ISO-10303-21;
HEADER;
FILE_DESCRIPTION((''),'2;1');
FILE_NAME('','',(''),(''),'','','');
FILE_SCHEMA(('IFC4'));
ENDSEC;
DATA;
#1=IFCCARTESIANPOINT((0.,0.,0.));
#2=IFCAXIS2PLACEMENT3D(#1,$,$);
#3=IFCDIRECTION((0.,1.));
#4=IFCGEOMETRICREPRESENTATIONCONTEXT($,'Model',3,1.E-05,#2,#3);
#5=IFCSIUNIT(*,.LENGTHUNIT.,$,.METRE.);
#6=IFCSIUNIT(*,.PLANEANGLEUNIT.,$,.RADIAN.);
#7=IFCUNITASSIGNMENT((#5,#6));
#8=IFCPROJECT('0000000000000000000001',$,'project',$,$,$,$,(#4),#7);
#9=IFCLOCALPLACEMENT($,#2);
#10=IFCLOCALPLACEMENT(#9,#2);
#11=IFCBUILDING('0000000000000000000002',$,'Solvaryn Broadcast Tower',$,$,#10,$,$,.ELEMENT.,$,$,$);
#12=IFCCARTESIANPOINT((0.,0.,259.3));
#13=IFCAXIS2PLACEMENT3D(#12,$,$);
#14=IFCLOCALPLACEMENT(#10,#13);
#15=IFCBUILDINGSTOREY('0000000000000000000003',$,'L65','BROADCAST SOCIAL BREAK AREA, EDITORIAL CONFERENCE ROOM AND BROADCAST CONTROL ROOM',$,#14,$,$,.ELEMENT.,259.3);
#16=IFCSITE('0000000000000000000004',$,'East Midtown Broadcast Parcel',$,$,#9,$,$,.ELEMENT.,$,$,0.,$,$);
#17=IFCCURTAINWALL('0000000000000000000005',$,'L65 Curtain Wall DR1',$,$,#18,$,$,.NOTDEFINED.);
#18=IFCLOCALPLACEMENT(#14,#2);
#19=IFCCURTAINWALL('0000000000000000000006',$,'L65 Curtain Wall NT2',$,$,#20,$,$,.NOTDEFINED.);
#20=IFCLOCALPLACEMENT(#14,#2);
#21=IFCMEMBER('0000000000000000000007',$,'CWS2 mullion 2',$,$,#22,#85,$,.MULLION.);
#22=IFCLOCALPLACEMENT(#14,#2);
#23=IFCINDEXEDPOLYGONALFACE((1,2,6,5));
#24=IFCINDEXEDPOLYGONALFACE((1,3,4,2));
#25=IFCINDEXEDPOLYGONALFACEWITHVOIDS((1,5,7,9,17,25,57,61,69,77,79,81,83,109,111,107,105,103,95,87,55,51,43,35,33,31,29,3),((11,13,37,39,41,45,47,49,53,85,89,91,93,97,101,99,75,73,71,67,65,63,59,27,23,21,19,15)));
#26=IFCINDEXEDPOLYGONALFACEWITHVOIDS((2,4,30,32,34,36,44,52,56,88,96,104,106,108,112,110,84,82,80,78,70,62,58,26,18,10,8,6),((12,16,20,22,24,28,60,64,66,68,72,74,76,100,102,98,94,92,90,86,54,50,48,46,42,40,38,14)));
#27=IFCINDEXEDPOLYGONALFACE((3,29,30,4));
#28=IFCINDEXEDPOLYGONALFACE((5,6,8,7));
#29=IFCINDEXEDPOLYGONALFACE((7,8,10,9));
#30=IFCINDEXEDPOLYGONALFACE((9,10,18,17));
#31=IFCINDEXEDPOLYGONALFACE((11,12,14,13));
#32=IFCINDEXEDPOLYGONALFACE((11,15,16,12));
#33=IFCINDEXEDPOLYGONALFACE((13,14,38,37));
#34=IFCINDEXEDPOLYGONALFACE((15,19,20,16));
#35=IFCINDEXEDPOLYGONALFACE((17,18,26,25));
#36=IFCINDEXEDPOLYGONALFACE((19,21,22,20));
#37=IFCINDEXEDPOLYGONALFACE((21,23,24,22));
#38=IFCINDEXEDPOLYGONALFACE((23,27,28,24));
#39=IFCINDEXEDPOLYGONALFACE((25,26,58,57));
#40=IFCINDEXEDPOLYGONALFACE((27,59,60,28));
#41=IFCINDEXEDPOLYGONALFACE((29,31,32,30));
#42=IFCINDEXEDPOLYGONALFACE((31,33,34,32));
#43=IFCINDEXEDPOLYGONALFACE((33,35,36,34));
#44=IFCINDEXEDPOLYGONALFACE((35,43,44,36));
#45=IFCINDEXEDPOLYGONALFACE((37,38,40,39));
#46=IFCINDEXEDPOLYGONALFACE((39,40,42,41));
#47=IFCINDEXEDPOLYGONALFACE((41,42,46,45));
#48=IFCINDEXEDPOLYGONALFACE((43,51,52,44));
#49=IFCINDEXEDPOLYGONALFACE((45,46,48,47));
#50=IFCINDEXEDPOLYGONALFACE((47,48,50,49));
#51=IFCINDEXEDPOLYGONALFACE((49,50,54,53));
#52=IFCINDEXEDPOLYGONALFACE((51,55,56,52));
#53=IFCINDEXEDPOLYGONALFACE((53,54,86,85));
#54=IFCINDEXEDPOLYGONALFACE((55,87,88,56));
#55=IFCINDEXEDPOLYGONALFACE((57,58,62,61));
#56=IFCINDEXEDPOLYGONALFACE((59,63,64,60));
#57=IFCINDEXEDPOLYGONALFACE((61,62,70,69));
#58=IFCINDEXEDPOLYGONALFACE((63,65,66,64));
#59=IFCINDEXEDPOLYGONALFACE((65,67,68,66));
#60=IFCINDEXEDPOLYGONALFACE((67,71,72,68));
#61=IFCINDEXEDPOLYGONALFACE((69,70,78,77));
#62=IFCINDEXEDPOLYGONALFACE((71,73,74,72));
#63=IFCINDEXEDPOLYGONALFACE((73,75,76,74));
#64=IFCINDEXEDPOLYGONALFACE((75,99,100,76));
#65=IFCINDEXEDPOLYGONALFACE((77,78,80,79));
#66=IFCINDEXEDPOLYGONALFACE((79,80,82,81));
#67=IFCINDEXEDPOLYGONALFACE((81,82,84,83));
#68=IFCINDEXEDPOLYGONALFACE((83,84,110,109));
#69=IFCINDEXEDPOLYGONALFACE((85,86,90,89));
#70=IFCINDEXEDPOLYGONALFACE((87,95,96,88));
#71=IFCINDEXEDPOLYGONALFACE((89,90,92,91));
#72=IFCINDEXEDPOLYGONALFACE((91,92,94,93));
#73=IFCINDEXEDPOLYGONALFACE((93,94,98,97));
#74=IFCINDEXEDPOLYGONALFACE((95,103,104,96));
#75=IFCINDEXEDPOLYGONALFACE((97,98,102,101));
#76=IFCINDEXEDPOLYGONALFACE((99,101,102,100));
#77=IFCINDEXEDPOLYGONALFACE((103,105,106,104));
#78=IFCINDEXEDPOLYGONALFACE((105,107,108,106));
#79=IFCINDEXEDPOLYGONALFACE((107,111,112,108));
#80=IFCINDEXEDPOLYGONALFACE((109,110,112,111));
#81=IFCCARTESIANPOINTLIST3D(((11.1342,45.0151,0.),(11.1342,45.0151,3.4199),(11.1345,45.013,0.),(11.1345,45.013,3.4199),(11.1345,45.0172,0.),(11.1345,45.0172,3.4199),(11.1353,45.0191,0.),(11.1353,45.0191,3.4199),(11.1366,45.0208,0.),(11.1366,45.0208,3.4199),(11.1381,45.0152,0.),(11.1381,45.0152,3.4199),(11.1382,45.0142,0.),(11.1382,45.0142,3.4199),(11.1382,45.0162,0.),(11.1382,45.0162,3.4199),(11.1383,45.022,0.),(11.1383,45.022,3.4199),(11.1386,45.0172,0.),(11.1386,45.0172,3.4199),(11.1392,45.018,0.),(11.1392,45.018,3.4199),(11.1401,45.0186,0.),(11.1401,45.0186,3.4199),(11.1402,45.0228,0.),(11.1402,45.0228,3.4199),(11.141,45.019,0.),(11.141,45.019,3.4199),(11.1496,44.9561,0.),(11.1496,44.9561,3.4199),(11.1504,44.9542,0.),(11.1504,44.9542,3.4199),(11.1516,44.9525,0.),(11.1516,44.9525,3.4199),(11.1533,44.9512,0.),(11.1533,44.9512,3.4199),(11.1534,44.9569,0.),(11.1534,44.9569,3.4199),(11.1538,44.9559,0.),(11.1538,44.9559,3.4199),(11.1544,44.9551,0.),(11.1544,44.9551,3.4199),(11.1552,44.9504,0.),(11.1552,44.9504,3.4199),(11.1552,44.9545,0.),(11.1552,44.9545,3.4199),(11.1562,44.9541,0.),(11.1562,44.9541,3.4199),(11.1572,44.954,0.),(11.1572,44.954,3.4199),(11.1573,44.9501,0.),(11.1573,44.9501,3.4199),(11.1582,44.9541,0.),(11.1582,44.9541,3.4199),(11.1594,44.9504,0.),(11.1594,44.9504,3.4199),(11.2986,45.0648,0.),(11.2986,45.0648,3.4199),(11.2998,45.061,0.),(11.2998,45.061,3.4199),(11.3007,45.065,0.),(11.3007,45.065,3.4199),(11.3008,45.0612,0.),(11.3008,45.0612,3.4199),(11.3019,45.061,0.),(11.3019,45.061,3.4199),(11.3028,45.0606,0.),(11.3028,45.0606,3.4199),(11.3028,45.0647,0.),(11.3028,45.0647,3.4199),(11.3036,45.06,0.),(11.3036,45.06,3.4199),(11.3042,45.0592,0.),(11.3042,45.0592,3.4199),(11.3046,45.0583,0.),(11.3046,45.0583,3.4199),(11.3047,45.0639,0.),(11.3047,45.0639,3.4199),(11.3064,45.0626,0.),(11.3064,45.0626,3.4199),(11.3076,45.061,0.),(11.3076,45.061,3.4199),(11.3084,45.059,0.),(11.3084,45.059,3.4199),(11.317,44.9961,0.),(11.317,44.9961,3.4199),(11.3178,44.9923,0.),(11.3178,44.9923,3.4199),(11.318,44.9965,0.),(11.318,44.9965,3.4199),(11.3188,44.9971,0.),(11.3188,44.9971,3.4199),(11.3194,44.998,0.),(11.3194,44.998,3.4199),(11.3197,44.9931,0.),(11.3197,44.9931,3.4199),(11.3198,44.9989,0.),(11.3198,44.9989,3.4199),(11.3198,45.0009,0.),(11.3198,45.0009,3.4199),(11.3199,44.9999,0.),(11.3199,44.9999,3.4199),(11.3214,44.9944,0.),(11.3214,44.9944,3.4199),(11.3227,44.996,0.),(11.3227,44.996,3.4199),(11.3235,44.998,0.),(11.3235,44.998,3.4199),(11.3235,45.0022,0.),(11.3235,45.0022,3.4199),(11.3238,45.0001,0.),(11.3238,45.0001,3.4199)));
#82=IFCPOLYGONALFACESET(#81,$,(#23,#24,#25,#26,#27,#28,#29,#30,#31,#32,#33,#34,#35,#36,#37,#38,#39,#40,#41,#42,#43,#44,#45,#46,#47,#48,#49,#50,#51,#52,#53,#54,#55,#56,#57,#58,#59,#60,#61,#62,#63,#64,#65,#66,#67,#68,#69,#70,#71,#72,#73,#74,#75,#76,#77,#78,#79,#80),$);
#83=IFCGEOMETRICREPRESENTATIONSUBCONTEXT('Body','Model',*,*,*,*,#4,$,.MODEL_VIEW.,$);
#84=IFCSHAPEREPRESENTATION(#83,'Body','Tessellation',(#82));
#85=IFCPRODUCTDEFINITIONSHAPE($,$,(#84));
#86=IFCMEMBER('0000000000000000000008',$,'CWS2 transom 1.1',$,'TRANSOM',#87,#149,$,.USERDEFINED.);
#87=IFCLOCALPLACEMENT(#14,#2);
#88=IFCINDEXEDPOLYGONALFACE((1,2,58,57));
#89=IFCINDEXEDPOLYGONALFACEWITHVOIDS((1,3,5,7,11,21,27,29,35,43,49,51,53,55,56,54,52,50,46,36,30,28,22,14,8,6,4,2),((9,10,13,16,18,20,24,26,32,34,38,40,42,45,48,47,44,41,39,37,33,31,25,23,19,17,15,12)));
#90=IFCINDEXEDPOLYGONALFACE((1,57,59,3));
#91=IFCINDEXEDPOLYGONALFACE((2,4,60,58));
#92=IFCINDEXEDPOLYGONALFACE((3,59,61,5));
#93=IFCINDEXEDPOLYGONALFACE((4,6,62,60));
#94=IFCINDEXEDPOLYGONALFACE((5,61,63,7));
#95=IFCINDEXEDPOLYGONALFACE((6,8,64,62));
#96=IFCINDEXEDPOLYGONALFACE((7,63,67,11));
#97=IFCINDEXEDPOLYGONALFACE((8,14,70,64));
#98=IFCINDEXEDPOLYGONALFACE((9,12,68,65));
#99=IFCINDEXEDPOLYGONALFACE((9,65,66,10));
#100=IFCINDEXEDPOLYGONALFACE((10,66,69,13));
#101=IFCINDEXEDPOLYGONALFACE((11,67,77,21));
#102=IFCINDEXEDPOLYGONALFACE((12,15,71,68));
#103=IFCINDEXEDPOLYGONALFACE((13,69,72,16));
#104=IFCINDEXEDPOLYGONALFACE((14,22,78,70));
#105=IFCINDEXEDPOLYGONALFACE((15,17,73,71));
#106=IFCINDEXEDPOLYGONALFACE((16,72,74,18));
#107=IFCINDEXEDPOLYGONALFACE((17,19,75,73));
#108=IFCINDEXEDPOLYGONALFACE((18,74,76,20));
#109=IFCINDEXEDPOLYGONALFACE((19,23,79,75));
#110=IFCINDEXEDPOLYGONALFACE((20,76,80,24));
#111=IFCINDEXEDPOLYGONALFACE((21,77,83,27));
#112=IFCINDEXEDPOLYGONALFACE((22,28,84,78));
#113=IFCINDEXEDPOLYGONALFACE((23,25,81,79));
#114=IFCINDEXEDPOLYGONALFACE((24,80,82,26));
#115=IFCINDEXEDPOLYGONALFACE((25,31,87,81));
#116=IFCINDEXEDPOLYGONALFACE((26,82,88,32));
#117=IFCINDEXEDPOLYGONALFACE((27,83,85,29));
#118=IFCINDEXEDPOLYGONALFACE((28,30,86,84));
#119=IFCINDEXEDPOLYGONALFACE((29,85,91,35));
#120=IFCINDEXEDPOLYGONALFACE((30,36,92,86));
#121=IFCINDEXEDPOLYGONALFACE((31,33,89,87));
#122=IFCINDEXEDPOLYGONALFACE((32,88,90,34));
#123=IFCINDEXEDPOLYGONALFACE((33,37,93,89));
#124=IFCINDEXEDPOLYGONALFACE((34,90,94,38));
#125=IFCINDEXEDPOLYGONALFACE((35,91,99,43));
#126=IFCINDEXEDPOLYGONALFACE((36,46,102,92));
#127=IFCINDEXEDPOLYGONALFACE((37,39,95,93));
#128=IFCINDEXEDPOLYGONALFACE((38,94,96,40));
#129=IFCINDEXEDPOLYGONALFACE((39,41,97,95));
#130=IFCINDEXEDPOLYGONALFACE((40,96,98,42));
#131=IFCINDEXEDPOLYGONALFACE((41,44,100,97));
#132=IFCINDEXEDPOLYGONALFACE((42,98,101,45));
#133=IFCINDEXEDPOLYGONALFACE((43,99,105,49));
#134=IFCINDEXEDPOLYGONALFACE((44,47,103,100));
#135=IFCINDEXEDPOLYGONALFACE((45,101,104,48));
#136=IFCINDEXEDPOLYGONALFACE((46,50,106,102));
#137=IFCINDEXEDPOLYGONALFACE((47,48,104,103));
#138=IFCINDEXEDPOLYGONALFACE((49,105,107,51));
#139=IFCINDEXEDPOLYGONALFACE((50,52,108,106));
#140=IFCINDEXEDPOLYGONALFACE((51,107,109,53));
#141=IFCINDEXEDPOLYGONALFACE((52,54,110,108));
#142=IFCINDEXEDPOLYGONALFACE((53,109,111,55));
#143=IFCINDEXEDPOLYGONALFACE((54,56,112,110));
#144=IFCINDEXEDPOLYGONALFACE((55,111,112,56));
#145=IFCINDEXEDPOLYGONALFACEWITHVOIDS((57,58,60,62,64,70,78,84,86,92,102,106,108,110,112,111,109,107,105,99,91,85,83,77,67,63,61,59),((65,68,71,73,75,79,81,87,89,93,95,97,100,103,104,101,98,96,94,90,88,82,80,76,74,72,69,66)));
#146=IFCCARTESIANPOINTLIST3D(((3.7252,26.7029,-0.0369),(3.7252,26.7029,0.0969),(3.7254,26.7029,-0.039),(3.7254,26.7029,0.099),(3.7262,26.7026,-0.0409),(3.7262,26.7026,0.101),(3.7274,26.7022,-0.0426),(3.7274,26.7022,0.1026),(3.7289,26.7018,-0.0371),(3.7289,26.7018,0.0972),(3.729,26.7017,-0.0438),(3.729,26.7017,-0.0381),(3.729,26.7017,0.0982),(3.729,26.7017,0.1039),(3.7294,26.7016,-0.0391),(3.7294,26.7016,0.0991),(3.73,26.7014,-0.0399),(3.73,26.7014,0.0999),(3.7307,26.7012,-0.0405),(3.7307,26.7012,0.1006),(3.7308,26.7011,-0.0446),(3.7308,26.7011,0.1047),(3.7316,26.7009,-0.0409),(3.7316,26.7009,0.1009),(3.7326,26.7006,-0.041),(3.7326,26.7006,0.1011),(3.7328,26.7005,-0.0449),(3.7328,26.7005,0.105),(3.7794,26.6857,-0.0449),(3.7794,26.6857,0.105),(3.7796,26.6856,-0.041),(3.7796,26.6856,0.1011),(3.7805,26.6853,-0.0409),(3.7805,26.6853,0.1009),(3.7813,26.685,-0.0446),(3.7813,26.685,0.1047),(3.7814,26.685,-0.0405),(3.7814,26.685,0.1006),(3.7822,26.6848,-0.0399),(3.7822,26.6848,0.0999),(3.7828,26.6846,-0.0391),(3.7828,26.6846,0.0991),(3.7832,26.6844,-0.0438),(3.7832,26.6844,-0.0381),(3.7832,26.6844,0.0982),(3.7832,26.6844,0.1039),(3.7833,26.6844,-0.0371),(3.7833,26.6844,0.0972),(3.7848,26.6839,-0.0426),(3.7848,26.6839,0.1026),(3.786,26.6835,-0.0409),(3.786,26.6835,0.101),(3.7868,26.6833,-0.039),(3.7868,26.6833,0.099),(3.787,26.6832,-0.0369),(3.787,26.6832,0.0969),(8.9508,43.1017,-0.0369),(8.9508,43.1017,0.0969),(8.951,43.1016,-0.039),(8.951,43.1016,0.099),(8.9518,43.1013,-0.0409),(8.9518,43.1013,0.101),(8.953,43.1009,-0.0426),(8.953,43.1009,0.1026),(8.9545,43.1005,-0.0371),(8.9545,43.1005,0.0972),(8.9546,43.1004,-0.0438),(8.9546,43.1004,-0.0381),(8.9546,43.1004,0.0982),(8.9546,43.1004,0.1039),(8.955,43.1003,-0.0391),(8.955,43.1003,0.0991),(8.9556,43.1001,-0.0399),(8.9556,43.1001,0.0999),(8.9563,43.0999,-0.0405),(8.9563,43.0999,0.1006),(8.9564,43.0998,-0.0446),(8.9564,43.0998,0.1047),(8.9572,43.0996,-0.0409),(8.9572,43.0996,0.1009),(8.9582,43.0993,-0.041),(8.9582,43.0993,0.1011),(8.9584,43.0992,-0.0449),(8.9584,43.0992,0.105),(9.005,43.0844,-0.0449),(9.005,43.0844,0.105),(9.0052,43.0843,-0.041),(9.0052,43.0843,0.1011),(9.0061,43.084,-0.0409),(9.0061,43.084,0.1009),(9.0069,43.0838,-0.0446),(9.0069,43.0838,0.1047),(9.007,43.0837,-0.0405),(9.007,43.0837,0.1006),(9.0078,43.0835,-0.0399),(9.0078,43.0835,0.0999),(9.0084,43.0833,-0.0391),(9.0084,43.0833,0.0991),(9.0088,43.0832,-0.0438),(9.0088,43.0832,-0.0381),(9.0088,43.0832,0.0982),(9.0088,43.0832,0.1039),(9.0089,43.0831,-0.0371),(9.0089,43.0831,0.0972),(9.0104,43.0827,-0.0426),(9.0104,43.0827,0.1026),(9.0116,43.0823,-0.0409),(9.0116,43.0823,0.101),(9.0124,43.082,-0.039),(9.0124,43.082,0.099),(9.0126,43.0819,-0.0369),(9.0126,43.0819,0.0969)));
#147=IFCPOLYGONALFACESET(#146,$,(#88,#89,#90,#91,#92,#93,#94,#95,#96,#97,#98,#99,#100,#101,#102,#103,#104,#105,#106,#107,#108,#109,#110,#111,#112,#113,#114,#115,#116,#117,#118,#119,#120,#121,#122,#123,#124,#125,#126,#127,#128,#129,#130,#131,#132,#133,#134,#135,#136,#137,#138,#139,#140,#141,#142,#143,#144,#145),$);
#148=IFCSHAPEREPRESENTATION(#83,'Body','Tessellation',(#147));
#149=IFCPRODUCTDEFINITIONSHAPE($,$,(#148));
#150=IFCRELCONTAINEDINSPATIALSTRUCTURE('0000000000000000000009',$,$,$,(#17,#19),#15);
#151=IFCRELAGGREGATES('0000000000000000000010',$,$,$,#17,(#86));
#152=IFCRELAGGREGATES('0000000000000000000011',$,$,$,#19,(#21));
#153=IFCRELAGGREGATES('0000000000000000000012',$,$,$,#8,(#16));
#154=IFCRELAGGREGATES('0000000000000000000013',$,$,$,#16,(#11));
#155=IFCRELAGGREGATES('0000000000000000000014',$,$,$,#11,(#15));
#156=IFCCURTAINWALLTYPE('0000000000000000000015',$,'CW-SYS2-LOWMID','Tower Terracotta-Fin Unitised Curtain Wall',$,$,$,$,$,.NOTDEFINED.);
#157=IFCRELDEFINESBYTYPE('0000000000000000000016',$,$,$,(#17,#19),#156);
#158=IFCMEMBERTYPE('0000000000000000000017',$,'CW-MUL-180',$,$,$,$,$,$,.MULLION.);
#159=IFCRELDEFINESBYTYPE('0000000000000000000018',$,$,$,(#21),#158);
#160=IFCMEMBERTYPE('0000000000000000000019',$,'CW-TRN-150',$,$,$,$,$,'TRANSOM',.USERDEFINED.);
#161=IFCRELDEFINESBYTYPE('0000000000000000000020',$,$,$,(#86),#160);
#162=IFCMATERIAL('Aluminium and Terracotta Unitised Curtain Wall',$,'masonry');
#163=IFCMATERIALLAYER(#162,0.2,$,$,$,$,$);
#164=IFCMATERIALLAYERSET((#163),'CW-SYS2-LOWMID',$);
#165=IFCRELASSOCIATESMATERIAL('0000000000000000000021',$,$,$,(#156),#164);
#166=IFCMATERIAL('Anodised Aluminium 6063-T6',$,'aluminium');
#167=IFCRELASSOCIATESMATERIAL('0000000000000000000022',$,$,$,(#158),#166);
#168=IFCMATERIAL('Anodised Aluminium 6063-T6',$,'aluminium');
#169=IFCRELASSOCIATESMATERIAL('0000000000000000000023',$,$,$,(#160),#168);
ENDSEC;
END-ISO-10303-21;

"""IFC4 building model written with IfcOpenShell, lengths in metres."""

from ifc_helpers import new_model, si_unit, direction, frame, origin, origin_2d, place, context, subcontext, project, spatial, hollow_rectangle, extrude, material, layer, layer_set, material_profile, profile_set, type_object, element, aggregate, save


model = new_model("IFC4")

# Units and contexts
model_context = context("Model", 3, precision=1e-05, world=origin(), true_north=direction((0.0, 1.0)))
body_context = subcontext(model_context, "Body", "Model", "MODEL_VIEW")
ifc_project = project(units=[si_unit("LENGTHUNIT", "METRE"), si_unit("PLANEANGLEUNIT", "RADIAN")], contexts=[model_context])

# Site, building, storey
site_placement = place(None, origin())
site = spatial("IfcSite", under=ifc_project, at=site_placement, Name="East Midtown Broadcast Parcel", CompositionType="ELEMENT", RefElevation=0.0)
building_placement = place(site_placement, origin())
building = spatial("IfcBuilding", under=site, at=building_placement, Name="Solvaryn Broadcast Tower", CompositionType="ELEMENT")
storey_placement = place(building_placement, frame((0.0, 0.0, 259.3)))
storey = spatial("IfcBuildingStorey", under=building, at=storey_placement, Name="L65", Description="BROADCAST SOCIAL BREAK AREA, EDITORIAL CONFERENCE ROOM AND BROADCAST CONTROL ROOM", CompositionType="ELEMENT", Elevation=259.3)

# Curtain wall
ifc_material_1 = material(Name="Aluminium and Terracotta Unitised Curtain Wall", Category="masonry")
ifc_layer_1 = layer(ifc_material_1, 0.2)
ifc_layer_set_1 = layer_set([ifc_layer_1], Name="CW-SYS2-LOWMID")
curtain_wall_type = type_object("IfcCurtainWallType", Name="CW-SYS2-LOWMID", Description="Tower Terracotta-Fin Unitised Curtain Wall", PredefinedType="NOTDEFINED", material=ifc_layer_set_1)
curtain_wall_1_placement = place(storey_placement, origin())
curtain_wall_1 = element("IfcCurtainWall", 1, at=curtain_wall_1_placement, inside=storey, type_object=curtain_wall_type, Name="L65 Curtain Wall DR1", PredefinedType="NOTDEFINED")
ifc_material_2 = material(Name="Anodised Aluminium 6063-T6", Category="aluminium")
ifc_material_profile_1 = material_profile(ifc_material_2, hollow_rectangle(XDim=0.075, YDim=0.1799, WallThickness=0.0039, InnerFilletRadius=0.0039, OuterFilletRadius=0.0081, at=origin_2d()))
ifc_profile_set_1 = profile_set([ifc_material_profile_1], Name="Anodised Aluminium 6063-T6")
member_type_1 = type_object("IfcMemberType", Name="CW-MUL-180", PredefinedType="MULLION", material=ifc_profile_set_1)

# Curtain wall, member
curtain_wall_2_placement = place(storey_placement, origin())
curtain_wall_2 = element("IfcCurtainWall", 2, at=curtain_wall_2_placement, inside=storey, type_object=curtain_wall_type, Name="L65 Curtain Wall NT2", PredefinedType="NOTDEFINED")
member_1_placement = place(storey_placement, frame((11.229, 45.0076, 0.0), z_axis=(0.0, 0.0, 1.0), x_axis=(0.255893, -0.966705, 0.0)))
member_1 = element("IfcMember", 3, at=member_1_placement, type_object=member_type_1, Name="CWS2 mullion 2", PredefinedType="MULLION", context=body_context, shape_type="SweptSolid", body=[
    extrude(hollow_rectangle(XDim=0.075, YDim=0.1799, WallThickness=0.0039, InnerFilletRadius=0.0039, OuterFilletRadius=0.0081, at=origin_2d()), origin(), (0.0, 0.0, 1.0), 3.4199),
])

# Member
ifc_material_3 = material(Name="Anodised Aluminium 6063-T6", Category="aluminium")
ifc_material_profile_2 = material_profile(ifc_material_3, hollow_rectangle(XDim=0.0649, YDim=0.1499, WallThickness=0.0039, InnerFilletRadius=0.0039, OuterFilletRadius=0.0081, at=origin_2d()))
ifc_profile_set_2 = profile_set([ifc_material_profile_2], Name="Anodised Aluminium 6063-T6")
member_type_2 = type_object("IfcMemberType", Name="CW-TRN-150", ElementType="TRANSOM", PredefinedType="USERDEFINED", material=ifc_profile_set_2)
member_2_placement = place(storey_placement, frame((8.9817, 43.0918, 0.03), z_axis=(-0.303616, -0.952794, 0.0), x_axis=(0.952794, -0.303616, 0.0)))
member_2 = element("IfcMember", 4, at=member_2_placement, type_object=member_type_2, Name="CWS2 transom 1.1", ObjectType="TRANSOM", PredefinedType="USERDEFINED", context=body_context, shape_type="SweptSolid", body=[
    extrude(hollow_rectangle(XDim=0.0649, YDim=0.1499, WallThickness=0.0039, InnerFilletRadius=0.0039, OuterFilletRadius=0.0081, at=origin_2d()), origin(), (0.0, 0.0, 1.0), 17.2112),
])
aggregate(curtain_wall_1, [member_2])

aggregate(curtain_wall_2, [member_1])

save(model, "model.ifc")
